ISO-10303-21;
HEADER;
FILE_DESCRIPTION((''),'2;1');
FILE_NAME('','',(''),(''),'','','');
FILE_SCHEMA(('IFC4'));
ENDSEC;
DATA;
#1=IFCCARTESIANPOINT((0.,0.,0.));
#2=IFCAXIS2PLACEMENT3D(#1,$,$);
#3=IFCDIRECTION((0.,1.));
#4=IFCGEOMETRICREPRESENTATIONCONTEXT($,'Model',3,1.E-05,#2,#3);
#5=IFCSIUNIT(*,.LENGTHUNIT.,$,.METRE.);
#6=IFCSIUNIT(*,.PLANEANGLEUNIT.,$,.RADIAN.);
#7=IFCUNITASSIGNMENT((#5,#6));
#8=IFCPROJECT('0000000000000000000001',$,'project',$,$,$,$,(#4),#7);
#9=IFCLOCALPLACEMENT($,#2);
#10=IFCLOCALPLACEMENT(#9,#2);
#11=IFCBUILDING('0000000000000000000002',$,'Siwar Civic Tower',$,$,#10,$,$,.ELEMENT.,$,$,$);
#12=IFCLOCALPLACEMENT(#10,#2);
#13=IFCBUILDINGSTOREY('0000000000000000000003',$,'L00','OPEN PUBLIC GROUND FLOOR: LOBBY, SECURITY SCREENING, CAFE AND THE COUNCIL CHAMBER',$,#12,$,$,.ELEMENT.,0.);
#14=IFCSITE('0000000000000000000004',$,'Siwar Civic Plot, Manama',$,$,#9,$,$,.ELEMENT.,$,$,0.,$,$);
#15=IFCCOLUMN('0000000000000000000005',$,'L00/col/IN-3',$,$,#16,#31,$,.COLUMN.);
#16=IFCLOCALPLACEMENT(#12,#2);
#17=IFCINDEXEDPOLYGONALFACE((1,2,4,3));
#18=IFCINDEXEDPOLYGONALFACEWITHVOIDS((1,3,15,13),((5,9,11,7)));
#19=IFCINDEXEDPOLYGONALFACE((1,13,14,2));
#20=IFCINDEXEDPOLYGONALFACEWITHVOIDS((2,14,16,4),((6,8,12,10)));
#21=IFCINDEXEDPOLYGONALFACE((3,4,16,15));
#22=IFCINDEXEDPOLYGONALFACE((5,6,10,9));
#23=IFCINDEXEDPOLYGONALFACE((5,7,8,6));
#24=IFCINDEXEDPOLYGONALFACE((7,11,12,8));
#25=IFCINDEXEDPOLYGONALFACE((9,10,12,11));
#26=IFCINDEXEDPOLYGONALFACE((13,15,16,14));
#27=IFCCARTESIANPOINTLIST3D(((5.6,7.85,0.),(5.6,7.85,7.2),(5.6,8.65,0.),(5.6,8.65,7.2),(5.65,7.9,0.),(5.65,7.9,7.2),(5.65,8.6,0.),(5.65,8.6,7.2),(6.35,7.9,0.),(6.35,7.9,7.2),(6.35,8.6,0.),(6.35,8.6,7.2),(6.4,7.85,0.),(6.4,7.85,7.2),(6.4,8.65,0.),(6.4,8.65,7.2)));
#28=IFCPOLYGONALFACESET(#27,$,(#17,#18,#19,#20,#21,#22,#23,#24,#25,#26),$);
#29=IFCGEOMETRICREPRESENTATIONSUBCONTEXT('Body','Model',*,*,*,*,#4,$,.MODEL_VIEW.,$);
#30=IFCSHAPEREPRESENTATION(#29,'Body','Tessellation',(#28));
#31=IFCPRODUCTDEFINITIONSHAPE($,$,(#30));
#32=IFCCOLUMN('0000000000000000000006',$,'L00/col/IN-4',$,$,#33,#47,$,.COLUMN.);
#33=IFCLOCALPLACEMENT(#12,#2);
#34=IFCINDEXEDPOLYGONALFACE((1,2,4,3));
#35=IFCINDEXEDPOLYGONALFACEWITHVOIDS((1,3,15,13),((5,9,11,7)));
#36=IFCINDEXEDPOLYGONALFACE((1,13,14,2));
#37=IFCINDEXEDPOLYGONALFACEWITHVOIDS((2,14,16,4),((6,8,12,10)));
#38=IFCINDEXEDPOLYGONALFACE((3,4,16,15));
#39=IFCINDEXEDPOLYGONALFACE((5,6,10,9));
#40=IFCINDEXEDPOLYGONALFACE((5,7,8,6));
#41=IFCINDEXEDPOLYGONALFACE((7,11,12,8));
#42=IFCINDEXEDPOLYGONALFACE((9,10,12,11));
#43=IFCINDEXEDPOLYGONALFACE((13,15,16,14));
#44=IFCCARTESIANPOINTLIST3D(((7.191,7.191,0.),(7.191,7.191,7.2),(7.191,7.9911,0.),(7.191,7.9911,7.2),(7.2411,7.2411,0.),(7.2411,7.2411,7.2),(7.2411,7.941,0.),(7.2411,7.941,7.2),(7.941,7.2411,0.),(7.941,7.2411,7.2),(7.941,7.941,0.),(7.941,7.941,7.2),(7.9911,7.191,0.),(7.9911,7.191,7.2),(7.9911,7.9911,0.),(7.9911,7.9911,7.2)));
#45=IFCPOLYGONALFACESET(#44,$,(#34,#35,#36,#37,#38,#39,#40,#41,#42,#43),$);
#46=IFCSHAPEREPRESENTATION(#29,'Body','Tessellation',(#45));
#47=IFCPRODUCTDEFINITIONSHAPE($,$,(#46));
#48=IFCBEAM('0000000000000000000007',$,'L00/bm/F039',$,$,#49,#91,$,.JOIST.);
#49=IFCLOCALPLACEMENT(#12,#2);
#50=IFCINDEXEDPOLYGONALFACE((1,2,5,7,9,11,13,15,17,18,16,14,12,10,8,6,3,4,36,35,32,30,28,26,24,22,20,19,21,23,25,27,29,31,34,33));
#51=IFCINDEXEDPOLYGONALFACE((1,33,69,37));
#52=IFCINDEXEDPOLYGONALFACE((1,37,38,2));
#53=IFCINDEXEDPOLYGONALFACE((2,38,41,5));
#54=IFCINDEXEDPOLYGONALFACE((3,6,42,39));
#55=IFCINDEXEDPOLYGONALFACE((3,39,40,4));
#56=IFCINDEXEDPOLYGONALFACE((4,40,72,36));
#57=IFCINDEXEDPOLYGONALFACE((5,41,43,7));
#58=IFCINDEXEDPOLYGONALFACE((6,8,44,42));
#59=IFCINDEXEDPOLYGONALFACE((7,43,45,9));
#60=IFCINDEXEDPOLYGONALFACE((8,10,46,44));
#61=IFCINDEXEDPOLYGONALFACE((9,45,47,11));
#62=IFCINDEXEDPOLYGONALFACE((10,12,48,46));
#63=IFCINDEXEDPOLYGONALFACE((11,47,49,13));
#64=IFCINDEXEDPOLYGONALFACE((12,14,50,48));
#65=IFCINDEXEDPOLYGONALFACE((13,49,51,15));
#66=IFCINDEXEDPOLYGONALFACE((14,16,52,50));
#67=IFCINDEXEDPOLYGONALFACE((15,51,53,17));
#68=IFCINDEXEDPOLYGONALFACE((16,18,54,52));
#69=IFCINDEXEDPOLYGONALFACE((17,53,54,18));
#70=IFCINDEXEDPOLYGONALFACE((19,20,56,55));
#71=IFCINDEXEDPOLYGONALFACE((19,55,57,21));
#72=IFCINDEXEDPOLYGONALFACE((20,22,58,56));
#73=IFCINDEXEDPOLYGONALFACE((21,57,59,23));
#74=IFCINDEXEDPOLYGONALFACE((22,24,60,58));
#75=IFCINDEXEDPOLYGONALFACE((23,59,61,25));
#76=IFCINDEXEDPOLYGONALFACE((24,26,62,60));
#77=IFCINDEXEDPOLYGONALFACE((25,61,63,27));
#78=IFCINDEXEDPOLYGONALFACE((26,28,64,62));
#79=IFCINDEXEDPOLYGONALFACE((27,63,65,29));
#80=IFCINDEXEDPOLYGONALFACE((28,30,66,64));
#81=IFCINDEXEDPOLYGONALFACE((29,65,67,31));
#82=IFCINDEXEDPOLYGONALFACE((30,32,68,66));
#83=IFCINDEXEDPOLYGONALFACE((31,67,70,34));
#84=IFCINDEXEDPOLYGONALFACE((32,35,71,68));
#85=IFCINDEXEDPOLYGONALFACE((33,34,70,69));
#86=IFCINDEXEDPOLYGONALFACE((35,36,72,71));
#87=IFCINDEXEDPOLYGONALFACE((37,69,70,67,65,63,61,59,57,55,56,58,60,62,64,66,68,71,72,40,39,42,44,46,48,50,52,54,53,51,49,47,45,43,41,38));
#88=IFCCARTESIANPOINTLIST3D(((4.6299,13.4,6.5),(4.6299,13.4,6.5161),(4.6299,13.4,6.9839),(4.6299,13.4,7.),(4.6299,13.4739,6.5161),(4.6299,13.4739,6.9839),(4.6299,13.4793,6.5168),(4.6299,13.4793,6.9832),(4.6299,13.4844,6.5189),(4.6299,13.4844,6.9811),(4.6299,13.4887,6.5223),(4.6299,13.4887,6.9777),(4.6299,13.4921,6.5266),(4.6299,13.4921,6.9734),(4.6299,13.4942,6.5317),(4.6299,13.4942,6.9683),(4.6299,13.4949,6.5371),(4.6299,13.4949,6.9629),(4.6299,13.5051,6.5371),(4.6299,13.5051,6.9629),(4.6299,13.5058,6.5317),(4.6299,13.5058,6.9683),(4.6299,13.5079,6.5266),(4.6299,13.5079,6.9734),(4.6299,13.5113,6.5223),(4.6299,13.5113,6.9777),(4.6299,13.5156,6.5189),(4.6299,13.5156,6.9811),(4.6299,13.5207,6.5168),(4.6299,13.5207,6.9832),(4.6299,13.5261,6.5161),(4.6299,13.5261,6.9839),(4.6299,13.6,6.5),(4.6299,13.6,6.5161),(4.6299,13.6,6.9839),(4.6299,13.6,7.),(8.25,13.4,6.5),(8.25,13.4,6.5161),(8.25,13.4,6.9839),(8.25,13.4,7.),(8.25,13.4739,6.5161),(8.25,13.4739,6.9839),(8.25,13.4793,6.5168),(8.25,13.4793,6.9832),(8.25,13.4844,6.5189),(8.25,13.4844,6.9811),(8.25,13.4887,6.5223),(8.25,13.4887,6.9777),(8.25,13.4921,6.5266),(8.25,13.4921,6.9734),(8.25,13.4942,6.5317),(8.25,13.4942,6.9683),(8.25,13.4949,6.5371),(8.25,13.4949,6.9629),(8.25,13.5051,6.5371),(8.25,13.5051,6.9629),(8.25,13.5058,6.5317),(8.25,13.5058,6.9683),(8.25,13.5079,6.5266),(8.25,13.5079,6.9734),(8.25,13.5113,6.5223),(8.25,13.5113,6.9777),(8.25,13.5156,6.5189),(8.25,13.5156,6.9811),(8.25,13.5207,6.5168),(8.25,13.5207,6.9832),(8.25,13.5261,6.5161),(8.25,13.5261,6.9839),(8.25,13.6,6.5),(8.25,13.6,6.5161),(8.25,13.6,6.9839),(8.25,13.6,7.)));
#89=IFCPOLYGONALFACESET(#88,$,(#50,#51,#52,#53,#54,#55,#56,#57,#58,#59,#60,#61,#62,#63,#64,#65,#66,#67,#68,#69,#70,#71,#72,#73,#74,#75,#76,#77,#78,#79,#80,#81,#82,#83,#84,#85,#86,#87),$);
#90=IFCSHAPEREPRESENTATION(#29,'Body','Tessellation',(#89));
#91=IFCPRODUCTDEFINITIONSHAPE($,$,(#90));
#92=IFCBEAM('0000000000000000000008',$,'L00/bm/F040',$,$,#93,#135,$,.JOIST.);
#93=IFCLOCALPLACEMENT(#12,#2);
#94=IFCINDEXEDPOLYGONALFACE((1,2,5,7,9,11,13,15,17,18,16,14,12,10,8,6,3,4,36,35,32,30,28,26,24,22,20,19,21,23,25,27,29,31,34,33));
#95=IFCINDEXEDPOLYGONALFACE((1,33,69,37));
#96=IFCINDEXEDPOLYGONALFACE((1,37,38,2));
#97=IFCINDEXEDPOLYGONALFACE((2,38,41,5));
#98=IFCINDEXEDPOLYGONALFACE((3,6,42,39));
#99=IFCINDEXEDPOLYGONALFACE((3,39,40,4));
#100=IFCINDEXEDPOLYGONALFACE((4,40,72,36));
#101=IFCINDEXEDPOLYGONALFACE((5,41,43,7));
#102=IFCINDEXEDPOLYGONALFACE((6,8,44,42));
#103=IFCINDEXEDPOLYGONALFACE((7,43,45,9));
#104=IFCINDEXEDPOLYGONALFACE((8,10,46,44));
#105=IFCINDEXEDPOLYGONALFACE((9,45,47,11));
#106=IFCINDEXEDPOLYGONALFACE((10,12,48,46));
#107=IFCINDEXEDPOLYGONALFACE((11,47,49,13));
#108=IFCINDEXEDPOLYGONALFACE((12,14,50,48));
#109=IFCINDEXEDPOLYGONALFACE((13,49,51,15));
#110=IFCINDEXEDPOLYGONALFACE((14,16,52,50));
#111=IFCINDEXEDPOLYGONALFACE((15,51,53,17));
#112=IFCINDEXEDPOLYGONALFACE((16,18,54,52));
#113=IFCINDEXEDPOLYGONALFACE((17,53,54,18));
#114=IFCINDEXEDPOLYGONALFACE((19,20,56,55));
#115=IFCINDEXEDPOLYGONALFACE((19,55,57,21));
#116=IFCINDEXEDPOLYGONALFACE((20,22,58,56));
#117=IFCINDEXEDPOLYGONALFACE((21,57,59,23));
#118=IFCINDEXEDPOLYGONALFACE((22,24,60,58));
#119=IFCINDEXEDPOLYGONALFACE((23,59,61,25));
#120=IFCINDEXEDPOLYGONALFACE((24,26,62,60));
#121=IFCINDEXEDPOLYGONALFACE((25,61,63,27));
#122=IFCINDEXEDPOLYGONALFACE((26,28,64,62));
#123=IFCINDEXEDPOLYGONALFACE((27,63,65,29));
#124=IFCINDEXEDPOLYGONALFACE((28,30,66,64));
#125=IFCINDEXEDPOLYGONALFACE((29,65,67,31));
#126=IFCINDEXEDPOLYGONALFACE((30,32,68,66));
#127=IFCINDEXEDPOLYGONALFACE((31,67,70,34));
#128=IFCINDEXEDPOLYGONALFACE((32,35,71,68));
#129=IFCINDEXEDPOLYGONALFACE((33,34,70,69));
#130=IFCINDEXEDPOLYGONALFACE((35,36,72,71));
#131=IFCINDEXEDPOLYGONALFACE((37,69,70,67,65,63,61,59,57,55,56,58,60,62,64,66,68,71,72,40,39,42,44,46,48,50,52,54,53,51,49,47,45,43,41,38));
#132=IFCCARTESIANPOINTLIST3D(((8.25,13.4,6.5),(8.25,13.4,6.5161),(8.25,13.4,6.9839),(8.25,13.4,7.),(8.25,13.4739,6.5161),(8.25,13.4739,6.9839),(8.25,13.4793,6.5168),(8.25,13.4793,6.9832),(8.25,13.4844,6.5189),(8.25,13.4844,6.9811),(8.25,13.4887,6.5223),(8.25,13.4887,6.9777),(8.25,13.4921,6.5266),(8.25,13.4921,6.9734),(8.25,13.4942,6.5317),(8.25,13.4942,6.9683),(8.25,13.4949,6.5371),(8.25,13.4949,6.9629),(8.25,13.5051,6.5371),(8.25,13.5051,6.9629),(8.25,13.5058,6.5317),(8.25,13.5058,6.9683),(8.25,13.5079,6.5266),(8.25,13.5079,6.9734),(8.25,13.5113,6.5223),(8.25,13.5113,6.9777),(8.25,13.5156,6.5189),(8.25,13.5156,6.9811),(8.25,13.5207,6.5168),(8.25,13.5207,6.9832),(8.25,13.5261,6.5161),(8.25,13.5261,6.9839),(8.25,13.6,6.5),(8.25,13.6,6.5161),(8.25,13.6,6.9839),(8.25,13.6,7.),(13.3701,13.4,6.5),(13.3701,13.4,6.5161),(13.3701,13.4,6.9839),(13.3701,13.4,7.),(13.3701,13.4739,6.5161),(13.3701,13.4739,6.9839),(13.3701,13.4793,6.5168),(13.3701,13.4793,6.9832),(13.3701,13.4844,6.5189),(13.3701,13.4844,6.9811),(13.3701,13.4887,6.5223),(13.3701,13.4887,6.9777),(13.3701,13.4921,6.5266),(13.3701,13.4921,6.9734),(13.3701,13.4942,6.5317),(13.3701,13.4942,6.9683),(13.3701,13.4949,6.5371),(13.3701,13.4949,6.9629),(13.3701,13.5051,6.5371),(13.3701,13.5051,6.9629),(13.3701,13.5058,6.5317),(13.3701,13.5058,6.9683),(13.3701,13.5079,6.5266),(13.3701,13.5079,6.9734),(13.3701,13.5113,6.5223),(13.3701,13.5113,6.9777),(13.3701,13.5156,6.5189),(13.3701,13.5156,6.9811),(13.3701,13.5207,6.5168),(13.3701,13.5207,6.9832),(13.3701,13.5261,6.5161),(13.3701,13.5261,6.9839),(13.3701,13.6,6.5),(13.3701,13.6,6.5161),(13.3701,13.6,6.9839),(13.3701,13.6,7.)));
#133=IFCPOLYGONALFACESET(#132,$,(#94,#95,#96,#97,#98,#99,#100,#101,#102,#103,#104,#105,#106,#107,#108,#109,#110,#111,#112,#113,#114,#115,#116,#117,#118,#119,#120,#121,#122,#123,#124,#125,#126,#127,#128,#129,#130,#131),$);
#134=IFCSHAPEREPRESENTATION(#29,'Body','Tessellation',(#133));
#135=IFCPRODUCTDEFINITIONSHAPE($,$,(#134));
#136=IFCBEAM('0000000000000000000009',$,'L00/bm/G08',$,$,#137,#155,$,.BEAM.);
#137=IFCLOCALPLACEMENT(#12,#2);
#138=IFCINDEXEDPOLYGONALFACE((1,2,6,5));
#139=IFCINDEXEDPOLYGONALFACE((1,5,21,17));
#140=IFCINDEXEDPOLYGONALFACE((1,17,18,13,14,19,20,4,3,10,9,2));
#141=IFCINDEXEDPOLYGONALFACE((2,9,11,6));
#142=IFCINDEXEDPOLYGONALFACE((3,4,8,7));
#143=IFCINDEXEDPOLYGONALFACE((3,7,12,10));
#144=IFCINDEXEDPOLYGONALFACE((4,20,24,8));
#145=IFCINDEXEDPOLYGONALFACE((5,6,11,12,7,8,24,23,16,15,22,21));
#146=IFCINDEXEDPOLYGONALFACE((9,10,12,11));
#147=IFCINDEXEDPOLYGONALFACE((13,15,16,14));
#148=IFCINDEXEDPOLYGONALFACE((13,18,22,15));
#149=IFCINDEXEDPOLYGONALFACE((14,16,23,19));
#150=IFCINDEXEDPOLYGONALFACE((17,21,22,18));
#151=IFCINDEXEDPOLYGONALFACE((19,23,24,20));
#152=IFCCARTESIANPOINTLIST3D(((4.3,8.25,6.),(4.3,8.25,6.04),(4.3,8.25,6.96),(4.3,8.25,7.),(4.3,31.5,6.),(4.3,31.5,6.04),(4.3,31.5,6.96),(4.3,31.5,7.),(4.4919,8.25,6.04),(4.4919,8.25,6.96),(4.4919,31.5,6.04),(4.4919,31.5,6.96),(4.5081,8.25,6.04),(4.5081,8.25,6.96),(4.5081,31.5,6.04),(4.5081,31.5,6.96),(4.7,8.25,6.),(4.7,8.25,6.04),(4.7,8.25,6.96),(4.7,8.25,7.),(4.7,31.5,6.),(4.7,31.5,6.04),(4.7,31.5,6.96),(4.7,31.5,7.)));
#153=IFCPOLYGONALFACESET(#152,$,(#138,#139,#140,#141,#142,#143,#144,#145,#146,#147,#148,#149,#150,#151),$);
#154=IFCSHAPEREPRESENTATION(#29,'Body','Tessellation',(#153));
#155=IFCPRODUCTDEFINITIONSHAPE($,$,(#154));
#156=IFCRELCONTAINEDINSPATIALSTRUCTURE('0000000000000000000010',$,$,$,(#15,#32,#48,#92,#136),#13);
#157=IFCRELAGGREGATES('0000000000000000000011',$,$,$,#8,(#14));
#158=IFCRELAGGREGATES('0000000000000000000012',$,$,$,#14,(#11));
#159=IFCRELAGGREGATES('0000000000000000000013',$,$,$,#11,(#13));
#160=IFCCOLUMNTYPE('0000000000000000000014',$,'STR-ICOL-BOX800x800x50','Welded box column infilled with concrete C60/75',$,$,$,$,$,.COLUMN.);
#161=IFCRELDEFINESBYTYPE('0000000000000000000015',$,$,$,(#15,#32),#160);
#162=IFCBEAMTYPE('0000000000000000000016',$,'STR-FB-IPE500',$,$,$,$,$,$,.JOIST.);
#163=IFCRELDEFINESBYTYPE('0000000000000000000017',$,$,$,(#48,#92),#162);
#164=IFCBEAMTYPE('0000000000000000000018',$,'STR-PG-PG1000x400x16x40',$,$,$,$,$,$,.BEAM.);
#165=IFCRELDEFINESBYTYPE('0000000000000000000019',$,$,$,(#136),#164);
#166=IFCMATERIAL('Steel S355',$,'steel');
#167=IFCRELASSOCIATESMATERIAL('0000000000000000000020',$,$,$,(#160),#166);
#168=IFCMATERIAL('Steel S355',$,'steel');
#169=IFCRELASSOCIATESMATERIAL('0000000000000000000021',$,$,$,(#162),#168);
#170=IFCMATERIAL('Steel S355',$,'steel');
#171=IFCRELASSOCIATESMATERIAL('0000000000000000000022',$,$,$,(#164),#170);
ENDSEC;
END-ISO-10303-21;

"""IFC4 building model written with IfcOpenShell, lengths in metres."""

from ifc_helpers import new_model, si_unit, direction, frame, origin, origin_2d, place, context, subcontext, project, spatial, hollow_rectangle, i_section, extrude, material, material_profile, profile_set, type_object, element, save


model = new_model("IFC4")

# Units and contexts
model_context = context("Model", 3, precision=1e-05, world=origin(), true_north=direction((0.0, 1.0)))
body_context = subcontext(model_context, "Body", "Model", "MODEL_VIEW")
ifc_project = project(units=[si_unit("LENGTHUNIT", "METRE"), si_unit("PLANEANGLEUNIT", "RADIAN")], contexts=[model_context])

# Site, building, storey
site_placement = place(None, origin())
site = spatial("IfcSite", under=ifc_project, at=site_placement, Name="Siwar Civic Plot, Manama", CompositionType="ELEMENT", RefElevation=0.0)
building_placement = place(site_placement, origin())
building = spatial("IfcBuilding", under=site, at=building_placement, Name="Siwar Civic Tower", CompositionType="ELEMENT")
storey_placement = place(building_placement, origin())
storey = spatial("IfcBuildingStorey", under=building, at=storey_placement, Name="L00", Description="OPEN PUBLIC GROUND FLOOR: LOBBY, SECURITY SCREENING, CAFE AND THE COUNCIL CHAMBER", CompositionType="ELEMENT", Elevation=0.0)

# Columns
ifc_material_1 = material(Name="Steel S355", Category="steel")
ifc_material_profile_1 = material_profile(ifc_material_1, hollow_rectangle(XDim=0.8, YDim=0.8, WallThickness=0.05, at=origin_2d()), Name="BOX800x800x50")
ifc_profile_set_1 = profile_set([ifc_material_profile_1], Name="Steel S355")
column_type = type_object("IfcColumnType", Name="STR-ICOL-BOX800x800x50", Description="Welded box column infilled with concrete C60/75", PredefinedType="COLUMN", material=ifc_profile_set_1)
for number, where, z_axis, x_axis, name in (
    (1, (6.0, 8.25, 0.0), (0.0, 0.0, 1.0), (1.0, 0.0, 0.0), "L00/col/IN-3"),
    (2, (7.5911, 7.5911, 0.0), (0.0, 0.0, 1.0), (1.0, 0.0, 0.0), "L00/col/IN-4"),
):
    element("IfcColumn", number, at=place(storey_placement, frame(where, z_axis=z_axis, x_axis=x_axis)), inside=storey, type_object=column_type, Name=name, PredefinedType="COLUMN", context=body_context, shape_type="SweptSolid", body=[
        extrude(hollow_rectangle(XDim=0.8, YDim=0.8, WallThickness=0.05, at=origin_2d()), origin(), (0.0, 0.0, 1.0), 7.2),
    ])

# Beams
ifc_material_2 = material(Name="Steel S355", Category="steel")
ifc_material_profile_2 = material_profile(ifc_material_2, i_section(OverallWidth=0.2, OverallDepth=0.5, WebThickness=0.0103, FlangeThickness=0.0161, FilletRadius=0.021, at=origin_2d()), Name="IPE500")
ifc_profile_set_2 = profile_set([ifc_material_profile_2], Name="Steel S355")
beam_type_1 = type_object("IfcBeamType", Name="STR-FB-IPE500", PredefinedType="JOIST", material=ifc_profile_set_2)
beam_1_placement = place(storey_placement, frame((4.6299, 13.5, 6.75), z_axis=(1.0, 0.0, 0.0), x_axis=(0.0, 1.0, 0.0)))
element("IfcBeam", 3, at=beam_1_placement, inside=storey, type_object=beam_type_1, Name="L00/bm/F039", PredefinedType="JOIST", context=body_context, shape_type="SweptSolid", body=[
    extrude(i_section(OverallWidth=0.2, OverallDepth=0.5, WebThickness=0.0103, FlangeThickness=0.0161, FilletRadius=0.021, at=origin_2d()), origin(), (0.0, 0.0, 1.0), 3.6201),
])
beam_2_placement = place(storey_placement, frame((8.25, 13.5, 6.75), z_axis=(1.0, 0.0, 0.0), x_axis=(0.0, 1.0, 0.0)))
element("IfcBeam", 4, at=beam_2_placement, inside=storey, type_object=beam_type_1, Name="L00/bm/F040", PredefinedType="JOIST", context=body_context, shape_type="SweptSolid", body=[
    extrude(i_section(OverallWidth=0.2, OverallDepth=0.5, WebThickness=0.0103, FlangeThickness=0.0161, FilletRadius=0.021, at=origin_2d()), origin(), (0.0, 0.0, 1.0), 5.1201),
])
ifc_material_3 = material(Name="Steel S355", Category="steel")
ifc_material_profile_3 = material_profile(ifc_material_3, i_section(OverallWidth=0.3999, OverallDepth=1.0, WebThickness=0.0161, FlangeThickness=0.04, at=origin_2d()), Name="PG1000x400x16x40")
ifc_profile_set_3 = profile_set([ifc_material_profile_3], Name="Steel S355")
beam_type_2 = type_object("IfcBeamType", Name="STR-PG-PG1000x400x16x40", PredefinedType="BEAM", material=ifc_profile_set_3)
beam_3_placement = place(storey_placement, frame((4.5, 8.25, 6.5), z_axis=(0.0, 1.0, 0.0), x_axis=(-1.0, 0.0, 0.0)))
element("IfcBeam", 5, at=beam_3_placement, inside=storey, type_object=beam_type_2, Name="L00/bm/G08", PredefinedType="BEAM", context=body_context, shape_type="SweptSolid", body=[
    extrude(i_section(OverallWidth=0.3999, OverallDepth=1.0, WebThickness=0.0161, FlangeThickness=0.04, at=origin_2d()), origin(), (0.0, 0.0, 1.0), 23.25),
])

save(model, "model.ifc")
